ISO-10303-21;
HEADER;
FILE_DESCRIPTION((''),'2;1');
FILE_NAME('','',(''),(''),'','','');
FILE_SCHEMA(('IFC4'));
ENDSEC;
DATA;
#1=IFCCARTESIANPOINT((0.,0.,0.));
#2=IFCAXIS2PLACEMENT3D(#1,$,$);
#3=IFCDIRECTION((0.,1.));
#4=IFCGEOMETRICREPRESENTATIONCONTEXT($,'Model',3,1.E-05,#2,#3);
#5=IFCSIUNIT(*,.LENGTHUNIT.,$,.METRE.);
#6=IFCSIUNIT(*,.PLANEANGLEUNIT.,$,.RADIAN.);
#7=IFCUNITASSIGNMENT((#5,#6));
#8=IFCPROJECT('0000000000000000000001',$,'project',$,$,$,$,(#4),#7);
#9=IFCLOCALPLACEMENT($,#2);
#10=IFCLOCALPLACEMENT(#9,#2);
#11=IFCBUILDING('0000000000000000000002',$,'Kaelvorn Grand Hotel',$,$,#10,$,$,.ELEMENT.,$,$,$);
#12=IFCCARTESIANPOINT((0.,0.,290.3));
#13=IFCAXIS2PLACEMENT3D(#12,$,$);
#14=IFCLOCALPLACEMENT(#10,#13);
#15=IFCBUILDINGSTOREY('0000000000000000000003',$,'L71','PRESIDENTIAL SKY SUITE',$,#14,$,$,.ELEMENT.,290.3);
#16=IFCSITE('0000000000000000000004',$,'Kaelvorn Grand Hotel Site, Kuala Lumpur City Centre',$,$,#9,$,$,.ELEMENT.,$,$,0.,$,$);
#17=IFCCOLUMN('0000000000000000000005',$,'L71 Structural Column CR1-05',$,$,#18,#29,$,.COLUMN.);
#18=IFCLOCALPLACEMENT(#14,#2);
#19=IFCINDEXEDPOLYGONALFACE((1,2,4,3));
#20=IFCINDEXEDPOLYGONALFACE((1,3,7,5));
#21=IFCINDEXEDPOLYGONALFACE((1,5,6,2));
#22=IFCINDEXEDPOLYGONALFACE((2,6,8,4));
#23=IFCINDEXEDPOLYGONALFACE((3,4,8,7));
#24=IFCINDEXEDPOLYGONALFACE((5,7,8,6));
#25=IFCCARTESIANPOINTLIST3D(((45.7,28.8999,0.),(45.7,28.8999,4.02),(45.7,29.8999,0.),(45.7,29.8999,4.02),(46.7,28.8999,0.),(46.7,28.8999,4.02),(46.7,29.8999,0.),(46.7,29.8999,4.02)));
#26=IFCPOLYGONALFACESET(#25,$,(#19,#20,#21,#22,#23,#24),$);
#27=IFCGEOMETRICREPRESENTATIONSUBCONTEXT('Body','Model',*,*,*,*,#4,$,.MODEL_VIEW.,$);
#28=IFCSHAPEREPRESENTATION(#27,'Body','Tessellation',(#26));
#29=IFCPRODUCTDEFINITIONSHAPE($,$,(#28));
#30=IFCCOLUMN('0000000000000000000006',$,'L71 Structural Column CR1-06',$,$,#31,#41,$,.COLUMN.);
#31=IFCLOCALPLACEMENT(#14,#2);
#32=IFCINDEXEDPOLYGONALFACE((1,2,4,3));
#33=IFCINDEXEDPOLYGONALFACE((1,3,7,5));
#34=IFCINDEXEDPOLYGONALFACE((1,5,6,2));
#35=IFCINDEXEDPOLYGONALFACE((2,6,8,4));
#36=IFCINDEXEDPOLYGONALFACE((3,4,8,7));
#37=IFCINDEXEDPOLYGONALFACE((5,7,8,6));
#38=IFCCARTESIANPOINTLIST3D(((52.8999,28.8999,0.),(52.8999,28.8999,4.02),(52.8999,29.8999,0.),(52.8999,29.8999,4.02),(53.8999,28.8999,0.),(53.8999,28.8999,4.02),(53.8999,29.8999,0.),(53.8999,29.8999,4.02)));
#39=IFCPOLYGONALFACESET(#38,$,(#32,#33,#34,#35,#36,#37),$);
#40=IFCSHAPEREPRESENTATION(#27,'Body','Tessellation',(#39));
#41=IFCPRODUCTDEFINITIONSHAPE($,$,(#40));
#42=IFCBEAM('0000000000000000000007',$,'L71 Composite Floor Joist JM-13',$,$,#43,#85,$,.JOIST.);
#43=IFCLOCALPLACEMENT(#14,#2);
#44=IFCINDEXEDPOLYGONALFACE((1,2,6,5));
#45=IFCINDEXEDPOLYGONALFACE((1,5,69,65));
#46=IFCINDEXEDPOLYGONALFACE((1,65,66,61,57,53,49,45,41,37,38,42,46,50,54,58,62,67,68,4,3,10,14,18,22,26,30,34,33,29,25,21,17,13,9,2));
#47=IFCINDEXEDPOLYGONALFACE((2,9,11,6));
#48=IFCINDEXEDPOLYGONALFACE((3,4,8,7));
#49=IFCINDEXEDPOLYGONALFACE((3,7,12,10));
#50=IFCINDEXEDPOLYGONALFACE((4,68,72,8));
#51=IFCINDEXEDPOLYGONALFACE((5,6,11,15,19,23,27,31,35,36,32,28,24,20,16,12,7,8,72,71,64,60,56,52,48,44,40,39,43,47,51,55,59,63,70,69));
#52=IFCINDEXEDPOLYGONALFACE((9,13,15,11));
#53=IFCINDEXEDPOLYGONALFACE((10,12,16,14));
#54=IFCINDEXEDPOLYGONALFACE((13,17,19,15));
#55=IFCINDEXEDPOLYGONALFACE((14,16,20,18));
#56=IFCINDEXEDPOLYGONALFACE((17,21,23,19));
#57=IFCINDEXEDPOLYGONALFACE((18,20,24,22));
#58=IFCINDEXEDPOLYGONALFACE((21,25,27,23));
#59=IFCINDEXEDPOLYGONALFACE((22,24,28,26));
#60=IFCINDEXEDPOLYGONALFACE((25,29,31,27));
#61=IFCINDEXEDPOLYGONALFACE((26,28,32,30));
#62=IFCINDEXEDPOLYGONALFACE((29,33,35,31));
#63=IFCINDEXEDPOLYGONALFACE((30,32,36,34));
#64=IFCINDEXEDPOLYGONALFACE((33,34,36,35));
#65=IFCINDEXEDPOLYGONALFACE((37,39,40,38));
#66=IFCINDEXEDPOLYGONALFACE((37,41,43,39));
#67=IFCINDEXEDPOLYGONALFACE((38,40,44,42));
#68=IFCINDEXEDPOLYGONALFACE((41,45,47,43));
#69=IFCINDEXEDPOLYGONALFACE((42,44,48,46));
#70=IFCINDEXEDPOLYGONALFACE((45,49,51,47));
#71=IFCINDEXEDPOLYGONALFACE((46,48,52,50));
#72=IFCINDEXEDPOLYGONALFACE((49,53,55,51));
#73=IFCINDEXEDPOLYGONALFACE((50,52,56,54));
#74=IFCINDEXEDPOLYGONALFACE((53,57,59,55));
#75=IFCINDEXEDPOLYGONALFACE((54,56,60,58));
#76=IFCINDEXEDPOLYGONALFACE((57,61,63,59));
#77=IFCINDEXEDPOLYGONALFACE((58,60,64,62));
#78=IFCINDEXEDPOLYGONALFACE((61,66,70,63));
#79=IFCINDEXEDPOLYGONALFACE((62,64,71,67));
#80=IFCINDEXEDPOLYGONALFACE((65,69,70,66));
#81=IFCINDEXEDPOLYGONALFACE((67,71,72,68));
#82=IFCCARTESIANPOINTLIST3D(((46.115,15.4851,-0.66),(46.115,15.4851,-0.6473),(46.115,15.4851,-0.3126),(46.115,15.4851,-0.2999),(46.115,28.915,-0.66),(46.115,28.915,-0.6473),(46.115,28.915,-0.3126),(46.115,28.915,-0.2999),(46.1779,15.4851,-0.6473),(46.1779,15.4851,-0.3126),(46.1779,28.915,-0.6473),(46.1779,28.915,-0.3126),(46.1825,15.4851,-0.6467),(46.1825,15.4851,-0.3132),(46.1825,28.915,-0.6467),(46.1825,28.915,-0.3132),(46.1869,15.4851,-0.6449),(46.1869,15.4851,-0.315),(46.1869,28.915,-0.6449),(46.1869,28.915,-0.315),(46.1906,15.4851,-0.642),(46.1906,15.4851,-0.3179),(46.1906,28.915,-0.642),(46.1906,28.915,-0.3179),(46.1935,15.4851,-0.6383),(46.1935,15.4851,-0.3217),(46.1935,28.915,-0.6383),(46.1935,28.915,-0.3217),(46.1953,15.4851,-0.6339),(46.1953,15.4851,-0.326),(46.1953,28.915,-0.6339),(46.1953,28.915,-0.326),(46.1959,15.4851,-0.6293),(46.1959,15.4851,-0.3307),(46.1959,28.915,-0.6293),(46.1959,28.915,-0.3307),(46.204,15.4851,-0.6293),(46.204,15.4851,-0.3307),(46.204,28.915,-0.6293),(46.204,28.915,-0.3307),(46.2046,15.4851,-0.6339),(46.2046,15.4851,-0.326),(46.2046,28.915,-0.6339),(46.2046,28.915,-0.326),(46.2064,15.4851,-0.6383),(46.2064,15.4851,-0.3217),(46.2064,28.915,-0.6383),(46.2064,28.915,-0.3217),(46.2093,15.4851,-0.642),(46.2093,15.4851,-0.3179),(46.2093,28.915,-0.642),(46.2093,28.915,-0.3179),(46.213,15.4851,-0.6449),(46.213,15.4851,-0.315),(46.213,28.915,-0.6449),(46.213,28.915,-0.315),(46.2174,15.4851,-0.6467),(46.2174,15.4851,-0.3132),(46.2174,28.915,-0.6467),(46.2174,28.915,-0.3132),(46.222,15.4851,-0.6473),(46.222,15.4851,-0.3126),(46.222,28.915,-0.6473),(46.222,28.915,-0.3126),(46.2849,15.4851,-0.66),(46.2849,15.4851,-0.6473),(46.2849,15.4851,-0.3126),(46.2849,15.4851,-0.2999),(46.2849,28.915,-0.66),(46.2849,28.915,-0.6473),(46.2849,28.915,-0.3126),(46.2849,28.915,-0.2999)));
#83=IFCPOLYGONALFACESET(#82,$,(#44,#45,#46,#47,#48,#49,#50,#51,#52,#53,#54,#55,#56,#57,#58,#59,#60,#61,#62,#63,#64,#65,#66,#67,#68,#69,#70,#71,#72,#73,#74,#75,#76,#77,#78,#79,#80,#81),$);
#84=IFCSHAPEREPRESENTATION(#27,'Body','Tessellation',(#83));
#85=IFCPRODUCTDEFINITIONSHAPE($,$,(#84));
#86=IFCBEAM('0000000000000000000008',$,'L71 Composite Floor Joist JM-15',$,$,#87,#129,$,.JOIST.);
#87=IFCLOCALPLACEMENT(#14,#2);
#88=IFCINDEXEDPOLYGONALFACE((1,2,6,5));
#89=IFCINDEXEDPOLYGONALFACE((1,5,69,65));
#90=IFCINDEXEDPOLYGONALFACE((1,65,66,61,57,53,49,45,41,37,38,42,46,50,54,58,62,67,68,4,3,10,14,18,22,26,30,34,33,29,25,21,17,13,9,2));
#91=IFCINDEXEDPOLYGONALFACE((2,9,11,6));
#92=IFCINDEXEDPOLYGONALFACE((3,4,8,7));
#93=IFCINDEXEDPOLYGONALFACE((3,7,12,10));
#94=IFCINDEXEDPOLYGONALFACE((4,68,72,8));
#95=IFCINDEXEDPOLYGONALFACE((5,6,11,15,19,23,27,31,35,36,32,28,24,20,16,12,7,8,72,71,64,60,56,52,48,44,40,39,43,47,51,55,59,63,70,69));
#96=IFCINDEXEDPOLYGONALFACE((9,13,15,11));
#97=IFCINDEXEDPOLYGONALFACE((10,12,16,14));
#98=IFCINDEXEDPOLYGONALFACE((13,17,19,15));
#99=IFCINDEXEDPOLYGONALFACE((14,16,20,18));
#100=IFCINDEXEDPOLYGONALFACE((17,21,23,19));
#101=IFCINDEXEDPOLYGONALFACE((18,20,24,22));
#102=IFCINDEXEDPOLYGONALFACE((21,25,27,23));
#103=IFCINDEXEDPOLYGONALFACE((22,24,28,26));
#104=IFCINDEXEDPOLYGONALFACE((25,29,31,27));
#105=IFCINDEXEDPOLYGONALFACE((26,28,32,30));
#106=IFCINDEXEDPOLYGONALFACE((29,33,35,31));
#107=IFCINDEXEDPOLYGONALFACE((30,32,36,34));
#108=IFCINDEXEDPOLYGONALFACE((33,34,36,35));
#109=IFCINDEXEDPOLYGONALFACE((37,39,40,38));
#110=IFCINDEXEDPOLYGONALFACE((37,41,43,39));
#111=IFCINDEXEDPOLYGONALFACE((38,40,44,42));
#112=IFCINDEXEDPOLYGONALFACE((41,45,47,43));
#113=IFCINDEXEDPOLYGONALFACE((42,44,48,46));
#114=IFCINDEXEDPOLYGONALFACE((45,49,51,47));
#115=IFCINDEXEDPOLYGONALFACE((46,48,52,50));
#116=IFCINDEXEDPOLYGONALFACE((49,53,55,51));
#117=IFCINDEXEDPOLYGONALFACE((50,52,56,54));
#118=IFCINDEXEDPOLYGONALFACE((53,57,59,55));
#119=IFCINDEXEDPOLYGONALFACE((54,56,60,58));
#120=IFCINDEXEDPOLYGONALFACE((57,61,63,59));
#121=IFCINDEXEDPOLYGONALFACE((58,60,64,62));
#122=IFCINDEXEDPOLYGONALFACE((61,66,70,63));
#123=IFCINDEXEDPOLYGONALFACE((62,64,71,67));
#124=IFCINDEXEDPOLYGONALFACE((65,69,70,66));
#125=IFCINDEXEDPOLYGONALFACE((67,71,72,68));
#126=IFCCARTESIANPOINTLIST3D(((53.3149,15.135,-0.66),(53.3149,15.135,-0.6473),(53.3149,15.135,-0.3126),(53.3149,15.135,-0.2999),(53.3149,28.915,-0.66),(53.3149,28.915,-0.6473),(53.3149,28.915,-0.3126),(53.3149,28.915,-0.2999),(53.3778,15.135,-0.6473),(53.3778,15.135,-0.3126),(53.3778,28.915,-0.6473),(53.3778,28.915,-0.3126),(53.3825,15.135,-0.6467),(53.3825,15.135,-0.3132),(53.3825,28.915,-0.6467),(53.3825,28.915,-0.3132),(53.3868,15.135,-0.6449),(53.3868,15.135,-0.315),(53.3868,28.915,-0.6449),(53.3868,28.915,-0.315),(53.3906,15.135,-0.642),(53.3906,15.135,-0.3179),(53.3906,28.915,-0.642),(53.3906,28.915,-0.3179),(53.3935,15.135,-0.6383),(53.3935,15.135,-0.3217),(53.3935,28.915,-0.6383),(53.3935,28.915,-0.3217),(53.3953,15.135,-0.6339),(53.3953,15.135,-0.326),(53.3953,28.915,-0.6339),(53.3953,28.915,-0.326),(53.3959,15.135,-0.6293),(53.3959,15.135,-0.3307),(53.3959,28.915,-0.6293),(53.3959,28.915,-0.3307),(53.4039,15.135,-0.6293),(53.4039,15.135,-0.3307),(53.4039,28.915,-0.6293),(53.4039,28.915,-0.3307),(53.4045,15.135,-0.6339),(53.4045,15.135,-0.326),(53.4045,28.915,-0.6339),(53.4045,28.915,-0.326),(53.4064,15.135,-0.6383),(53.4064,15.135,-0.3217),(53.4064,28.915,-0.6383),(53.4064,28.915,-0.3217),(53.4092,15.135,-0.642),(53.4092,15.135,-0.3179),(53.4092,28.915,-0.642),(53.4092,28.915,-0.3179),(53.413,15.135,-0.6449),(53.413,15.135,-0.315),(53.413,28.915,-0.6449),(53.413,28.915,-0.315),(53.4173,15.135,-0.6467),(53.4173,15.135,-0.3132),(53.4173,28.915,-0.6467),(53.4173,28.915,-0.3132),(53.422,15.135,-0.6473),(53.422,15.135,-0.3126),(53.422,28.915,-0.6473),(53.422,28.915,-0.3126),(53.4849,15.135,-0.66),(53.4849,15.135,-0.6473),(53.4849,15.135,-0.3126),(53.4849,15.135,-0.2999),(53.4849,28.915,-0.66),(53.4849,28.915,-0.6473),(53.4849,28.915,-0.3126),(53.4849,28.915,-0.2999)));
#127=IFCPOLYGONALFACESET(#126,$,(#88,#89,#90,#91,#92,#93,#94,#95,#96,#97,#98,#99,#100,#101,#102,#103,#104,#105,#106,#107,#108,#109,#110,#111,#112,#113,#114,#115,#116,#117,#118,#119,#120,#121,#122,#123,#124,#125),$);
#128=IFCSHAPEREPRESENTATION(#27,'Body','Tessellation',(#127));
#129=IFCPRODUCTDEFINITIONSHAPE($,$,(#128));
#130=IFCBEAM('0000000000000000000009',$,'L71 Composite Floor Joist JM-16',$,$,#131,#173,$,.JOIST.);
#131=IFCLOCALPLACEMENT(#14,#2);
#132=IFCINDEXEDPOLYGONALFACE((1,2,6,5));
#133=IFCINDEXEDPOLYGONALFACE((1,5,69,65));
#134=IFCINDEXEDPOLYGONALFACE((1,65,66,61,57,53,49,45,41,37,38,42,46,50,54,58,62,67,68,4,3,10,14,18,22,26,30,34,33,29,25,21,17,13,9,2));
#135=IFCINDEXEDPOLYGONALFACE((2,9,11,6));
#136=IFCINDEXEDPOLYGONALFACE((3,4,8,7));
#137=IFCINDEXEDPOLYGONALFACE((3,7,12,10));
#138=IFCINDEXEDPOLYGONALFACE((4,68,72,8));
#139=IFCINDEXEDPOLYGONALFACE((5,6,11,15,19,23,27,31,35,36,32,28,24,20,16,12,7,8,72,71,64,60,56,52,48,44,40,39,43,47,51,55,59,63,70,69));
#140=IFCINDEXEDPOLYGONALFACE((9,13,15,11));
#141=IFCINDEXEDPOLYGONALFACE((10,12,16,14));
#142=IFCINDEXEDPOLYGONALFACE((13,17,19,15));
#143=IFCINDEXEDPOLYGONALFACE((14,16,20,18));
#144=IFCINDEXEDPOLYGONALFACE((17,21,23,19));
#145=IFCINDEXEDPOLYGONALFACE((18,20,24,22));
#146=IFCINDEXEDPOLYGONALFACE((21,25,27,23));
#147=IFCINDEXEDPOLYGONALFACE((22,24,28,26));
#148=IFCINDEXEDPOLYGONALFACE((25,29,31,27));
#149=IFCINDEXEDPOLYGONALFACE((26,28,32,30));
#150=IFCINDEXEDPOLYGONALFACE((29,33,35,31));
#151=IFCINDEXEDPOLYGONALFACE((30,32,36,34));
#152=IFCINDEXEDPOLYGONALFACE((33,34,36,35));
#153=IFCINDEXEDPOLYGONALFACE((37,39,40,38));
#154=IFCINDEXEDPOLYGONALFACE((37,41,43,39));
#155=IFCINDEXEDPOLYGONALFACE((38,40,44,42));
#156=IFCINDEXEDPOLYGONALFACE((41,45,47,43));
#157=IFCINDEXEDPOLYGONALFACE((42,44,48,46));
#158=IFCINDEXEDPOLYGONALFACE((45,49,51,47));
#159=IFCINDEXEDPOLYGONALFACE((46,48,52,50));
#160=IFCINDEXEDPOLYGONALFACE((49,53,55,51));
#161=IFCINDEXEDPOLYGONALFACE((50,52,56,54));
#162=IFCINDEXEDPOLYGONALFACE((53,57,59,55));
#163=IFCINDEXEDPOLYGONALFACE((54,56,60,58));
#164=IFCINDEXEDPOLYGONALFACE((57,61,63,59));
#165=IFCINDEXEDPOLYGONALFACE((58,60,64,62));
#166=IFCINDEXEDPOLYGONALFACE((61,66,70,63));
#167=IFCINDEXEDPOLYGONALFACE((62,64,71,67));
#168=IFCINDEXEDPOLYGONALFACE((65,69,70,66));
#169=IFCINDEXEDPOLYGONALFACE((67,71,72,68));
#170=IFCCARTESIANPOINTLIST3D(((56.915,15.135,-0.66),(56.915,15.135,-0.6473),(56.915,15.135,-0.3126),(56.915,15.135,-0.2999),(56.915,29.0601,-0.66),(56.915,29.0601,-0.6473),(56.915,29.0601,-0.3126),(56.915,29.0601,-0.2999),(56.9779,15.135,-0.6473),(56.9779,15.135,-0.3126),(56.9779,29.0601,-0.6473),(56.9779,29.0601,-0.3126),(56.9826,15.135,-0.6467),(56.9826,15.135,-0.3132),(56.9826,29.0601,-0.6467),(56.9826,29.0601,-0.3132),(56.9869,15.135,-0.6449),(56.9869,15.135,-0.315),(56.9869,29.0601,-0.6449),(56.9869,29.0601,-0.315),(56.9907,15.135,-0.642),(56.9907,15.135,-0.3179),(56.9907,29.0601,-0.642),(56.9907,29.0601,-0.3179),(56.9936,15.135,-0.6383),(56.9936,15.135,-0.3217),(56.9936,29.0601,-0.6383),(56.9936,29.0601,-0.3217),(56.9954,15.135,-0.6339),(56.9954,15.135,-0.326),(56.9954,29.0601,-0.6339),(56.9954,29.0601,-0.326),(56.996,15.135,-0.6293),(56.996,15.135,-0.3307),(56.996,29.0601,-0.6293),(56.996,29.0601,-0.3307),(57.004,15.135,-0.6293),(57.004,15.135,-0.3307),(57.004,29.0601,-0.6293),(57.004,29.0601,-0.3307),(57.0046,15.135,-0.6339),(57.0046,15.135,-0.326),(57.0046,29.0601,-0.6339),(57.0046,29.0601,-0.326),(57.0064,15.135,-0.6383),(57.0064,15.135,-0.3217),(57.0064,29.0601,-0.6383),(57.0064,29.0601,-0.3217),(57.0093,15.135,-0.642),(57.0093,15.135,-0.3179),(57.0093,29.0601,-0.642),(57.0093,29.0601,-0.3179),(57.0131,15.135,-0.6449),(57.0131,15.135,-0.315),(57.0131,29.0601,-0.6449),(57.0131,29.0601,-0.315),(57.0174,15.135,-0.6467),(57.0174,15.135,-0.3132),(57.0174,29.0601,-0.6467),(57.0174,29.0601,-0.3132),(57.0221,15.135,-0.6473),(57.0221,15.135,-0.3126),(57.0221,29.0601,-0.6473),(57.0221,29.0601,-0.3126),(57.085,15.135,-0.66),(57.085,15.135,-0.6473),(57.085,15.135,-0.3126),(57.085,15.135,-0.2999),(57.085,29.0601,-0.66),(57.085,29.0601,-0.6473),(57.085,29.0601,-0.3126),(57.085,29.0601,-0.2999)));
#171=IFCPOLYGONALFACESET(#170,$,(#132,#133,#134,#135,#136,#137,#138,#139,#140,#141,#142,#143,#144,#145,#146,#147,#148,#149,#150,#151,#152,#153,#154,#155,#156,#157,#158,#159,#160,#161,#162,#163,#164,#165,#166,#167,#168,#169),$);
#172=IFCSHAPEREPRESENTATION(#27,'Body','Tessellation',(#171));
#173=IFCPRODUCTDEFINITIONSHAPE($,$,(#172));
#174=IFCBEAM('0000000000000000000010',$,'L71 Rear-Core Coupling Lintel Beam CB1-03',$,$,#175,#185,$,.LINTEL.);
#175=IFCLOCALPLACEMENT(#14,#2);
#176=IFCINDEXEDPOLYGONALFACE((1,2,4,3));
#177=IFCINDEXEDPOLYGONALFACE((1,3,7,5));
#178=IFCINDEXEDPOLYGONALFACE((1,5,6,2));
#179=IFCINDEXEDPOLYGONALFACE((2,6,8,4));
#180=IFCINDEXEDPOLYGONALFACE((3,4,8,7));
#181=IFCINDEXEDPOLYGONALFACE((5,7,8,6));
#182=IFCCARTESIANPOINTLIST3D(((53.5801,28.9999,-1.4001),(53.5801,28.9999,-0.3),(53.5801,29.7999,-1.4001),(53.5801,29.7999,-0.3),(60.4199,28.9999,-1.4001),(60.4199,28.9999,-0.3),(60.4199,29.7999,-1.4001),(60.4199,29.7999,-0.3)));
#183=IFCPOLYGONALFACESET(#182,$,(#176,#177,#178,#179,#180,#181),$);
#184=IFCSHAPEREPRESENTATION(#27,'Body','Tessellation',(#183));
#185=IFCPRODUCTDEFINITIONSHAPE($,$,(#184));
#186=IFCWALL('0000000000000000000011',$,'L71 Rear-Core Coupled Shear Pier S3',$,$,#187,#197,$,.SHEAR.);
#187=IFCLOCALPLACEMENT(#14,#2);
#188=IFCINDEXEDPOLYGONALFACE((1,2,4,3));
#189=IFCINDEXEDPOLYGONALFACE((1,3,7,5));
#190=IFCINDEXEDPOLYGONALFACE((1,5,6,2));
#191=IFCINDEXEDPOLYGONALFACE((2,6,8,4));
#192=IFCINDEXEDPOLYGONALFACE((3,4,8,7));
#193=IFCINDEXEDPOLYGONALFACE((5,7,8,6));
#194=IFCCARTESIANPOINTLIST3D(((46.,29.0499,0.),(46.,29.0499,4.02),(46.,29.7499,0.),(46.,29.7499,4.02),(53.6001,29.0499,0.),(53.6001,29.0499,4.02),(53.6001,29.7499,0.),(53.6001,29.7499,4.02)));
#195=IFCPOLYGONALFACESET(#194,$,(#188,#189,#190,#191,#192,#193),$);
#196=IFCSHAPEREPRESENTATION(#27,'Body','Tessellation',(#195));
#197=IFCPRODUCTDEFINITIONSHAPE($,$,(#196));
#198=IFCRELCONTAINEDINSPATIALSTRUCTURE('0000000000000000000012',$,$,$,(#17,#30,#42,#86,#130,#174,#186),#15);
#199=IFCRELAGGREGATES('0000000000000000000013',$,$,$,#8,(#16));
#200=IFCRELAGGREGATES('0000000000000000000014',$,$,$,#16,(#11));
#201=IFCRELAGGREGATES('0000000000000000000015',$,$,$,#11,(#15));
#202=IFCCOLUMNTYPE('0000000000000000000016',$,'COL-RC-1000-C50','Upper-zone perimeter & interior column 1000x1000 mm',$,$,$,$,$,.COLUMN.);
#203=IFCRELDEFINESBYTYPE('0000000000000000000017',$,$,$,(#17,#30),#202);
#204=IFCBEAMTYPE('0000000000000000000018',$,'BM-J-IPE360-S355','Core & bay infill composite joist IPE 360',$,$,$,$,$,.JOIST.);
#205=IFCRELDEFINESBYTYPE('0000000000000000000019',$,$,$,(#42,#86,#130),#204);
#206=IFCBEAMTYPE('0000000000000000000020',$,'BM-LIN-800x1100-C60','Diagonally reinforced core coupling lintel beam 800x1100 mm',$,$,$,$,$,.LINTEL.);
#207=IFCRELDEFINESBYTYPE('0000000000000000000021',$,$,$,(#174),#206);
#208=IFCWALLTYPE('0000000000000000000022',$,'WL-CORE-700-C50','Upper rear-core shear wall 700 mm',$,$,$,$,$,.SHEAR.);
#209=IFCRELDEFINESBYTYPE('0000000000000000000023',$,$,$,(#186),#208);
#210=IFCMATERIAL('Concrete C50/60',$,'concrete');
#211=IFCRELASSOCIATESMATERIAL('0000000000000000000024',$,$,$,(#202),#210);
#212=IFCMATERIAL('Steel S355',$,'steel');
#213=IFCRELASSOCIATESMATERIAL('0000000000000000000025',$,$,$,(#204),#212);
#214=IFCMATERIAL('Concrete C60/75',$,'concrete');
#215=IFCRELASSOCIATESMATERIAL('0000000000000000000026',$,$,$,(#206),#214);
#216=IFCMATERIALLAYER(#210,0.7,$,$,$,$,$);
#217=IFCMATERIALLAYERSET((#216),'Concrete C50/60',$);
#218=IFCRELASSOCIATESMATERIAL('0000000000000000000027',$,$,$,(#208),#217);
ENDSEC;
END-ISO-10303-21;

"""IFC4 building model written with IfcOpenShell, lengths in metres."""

from ifc_helpers import new_model, si_unit, direction, frame, frame_2d, origin, origin_2d, place, context, subcontext, project, spatial, rectangle, i_section, extrude, material, layer, layer_set, material_profile, profile_set, type_object, element, save


model = new_model("IFC4")

# Units and contexts
model_context = context("Model", 3, precision=1e-05, world=origin(), true_north=direction((0.0, 1.0)))
body_context = subcontext(model_context, "Body", "Model", "MODEL_VIEW")
ifc_project = project(units=[si_unit("LENGTHUNIT", "METRE"), si_unit("PLANEANGLEUNIT", "RADIAN")], contexts=[model_context])

# Site, building, storey
site_placement = place(None, origin())
site = spatial("IfcSite", under=ifc_project, at=site_placement, Name="Kaelvorn Grand Hotel Site, Kuala Lumpur City Centre", CompositionType="ELEMENT", RefElevation=0.0)
building_placement = place(site_placement, origin())
building = spatial("IfcBuilding", under=site, at=building_placement, Name="Kaelvorn Grand Hotel", CompositionType="ELEMENT")
storey_placement = place(building_placement, frame((0.0, 0.0, 290.3)))
storey = spatial("IfcBuildingStorey", under=building, at=storey_placement, Name="L71", Description="PRESIDENTIAL SKY SUITE", CompositionType="ELEMENT", Elevation=290.3)

# Columns
ifc_material_1 = material(Name="Concrete C50/60", Category="concrete")
ifc_material_profile_1 = material_profile(ifc_material_1, rectangle(XDim=1.0, YDim=1.0, at=origin_2d()), Name="RC COL 1000x1000")
ifc_profile_set_1 = profile_set([ifc_material_profile_1], Name="Concrete C50/60")
column_type = type_object("IfcColumnType", Name="COL-RC-1000-C50", Description="Upper-zone perimeter & interior column 1000x1000 mm", PredefinedType="COLUMN", material=ifc_profile_set_1)
for number, where, z_axis, x_axis, name in (
    (1, (46.2, 29.3999, 0.0), (0.0, 0.0, 1.0), (1.0, 0.0, 0.0), "L71 Structural Column CR1-05"),
    (2, (53.3999, 29.3999, 0.0), (0.0, 0.0, 1.0), (1.0, 0.0, 0.0), "L71 Structural Column CR1-06"),
):
    element("IfcColumn", number, at=place(storey_placement, frame(where, z_axis=z_axis, x_axis=x_axis)), inside=storey, type_object=column_type, Name=name, PredefinedType="COLUMN", context=body_context, shape_type="SweptSolid", body=[
        extrude(rectangle(XDim=1.0, YDim=1.0, at=origin_2d()), origin(), (0.0, 0.0, 1.0), 4.02),
    ])

# Beams
ifc_material_2 = material(Name="Steel S355", Category="steel")
ifc_material_profile_2 = material_profile(ifc_material_2, i_section(OverallWidth=0.1699, OverallDepth=0.3601, WebThickness=0.0081, FlangeThickness=0.0127, FilletRadius=0.0181, at=origin_2d()), Name="IPE 360")
ifc_profile_set_2 = profile_set([ifc_material_profile_2], Name="Steel S355")
beam_type_1 = type_object("IfcBeamType", Name="BM-J-IPE360-S355", Description="Core & bay infill composite joist IPE 360", PredefinedType="JOIST", material=ifc_profile_set_2)
beam_1_placement = place(storey_placement, frame((46.2, 15.4851, -0.48), z_axis=(0.0, 1.0, 0.0), x_axis=(-1.0, 0.0, 0.0)))
element("IfcBeam", 3, at=beam_1_placement, inside=storey, type_object=beam_type_1, Name="L71 Composite Floor Joist JM-13", PredefinedType="JOIST", context=body_context, shape_type="SweptSolid", body=[
    extrude(i_section(OverallWidth=0.1699, OverallDepth=0.3601, WebThickness=0.0081, FlangeThickness=0.0127, FilletRadius=0.0181, at=origin_2d()), origin(), (0.0, 0.0, 1.0), 13.4299),
])
beam_2_placement = place(storey_placement, frame((53.3999, 15.135, -0.48), z_axis=(0.0, 1.0, 0.0), x_axis=(-1.0, 0.0, 0.0)))
element("IfcBeam", 4, at=beam_2_placement, inside=storey, type_object=beam_type_1, Name="L71 Composite Floor Joist JM-15", PredefinedType="JOIST", context=body_context, shape_type="SweptSolid", body=[
    extrude(i_section(OverallWidth=0.1699, OverallDepth=0.3601, WebThickness=0.0081, FlangeThickness=0.0127, FilletRadius=0.0181, at=origin_2d()), origin(), (0.0, 0.0, 1.0), 13.78),
])
beam_3_placement = place(storey_placement, frame((57.0, 15.135, -0.48), z_axis=(0.0, 1.0, 0.0), x_axis=(-1.0, 0.0, 0.0)))
element("IfcBeam", 5, at=beam_3_placement, inside=storey, type_object=beam_type_1, Name="L71 Composite Floor Joist JM-16", PredefinedType="JOIST", context=body_context, shape_type="SweptSolid", body=[
    extrude(i_section(OverallWidth=0.1699, OverallDepth=0.3601, WebThickness=0.0081, FlangeThickness=0.0127, FilletRadius=0.0181, at=origin_2d()), origin(), (0.0, 0.0, 1.0), 13.925),
])
ifc_material_3 = material(Name="Concrete C60/75", Category="concrete")
ifc_material_profile_3 = material_profile(ifc_material_3, rectangle(XDim=0.8, YDim=1.1001, at=origin_2d()), Name="RC LINTEL 800x1100")
ifc_profile_set_3 = profile_set([ifc_material_profile_3], Name="Concrete C60/75")
beam_type_2 = type_object("IfcBeamType", Name="BM-LIN-800x1100-C60", Description="Diagonally reinforced core coupling lintel beam 800x1100 mm", PredefinedType="LINTEL", material=ifc_profile_set_3)
beam_4_placement = place(storey_placement, frame((53.5801, 29.3999, -0.8501), z_axis=(1.0, 0.0, 0.0), x_axis=(0.0, 1.0, 0.0)))
element("IfcBeam", 6, at=beam_4_placement, inside=storey, type_object=beam_type_2, Name="L71 Rear-Core Coupling Lintel Beam CB1-03", PredefinedType="LINTEL", context=body_context, shape_type="SweptSolid", body=[
    extrude(rectangle(XDim=0.8, YDim=1.1001, at=origin_2d()), origin(), (0.0, 0.0, 1.0), 6.8398),
])

# Wall
ifc_layer_1 = layer(ifc_material_1, 0.7)
ifc_layer_set_1 = layer_set([ifc_layer_1], Name="Concrete C50/60")
wall_type_1 = type_object("IfcWallType", Name="WL-CORE-700-C50", Description="Upper rear-core shear wall 700 mm", PredefinedType="SHEAR", material=ifc_layer_set_1)
wall_1_placement = place(storey_placement, frame((46.0, 29.3999, 0.0), z_axis=(0.0, 0.0, 1.0), x_axis=(1.0, 0.0, 0.0)))
element("IfcWall", 7, at=wall_1_placement, inside=storey, type_object=wall_type_1, Name="L71 Rear-Core Coupled Shear Pier S3", PredefinedType="SHEAR", context=body_context, shape_type="SweptSolid", body=[
    extrude(rectangle(XDim=7.6001, YDim=0.7, at=frame_2d((3.8, 0.0))), origin(), (0.0, 0.0, 1.0), 4.02),
])

save(model, "model.ifc")
